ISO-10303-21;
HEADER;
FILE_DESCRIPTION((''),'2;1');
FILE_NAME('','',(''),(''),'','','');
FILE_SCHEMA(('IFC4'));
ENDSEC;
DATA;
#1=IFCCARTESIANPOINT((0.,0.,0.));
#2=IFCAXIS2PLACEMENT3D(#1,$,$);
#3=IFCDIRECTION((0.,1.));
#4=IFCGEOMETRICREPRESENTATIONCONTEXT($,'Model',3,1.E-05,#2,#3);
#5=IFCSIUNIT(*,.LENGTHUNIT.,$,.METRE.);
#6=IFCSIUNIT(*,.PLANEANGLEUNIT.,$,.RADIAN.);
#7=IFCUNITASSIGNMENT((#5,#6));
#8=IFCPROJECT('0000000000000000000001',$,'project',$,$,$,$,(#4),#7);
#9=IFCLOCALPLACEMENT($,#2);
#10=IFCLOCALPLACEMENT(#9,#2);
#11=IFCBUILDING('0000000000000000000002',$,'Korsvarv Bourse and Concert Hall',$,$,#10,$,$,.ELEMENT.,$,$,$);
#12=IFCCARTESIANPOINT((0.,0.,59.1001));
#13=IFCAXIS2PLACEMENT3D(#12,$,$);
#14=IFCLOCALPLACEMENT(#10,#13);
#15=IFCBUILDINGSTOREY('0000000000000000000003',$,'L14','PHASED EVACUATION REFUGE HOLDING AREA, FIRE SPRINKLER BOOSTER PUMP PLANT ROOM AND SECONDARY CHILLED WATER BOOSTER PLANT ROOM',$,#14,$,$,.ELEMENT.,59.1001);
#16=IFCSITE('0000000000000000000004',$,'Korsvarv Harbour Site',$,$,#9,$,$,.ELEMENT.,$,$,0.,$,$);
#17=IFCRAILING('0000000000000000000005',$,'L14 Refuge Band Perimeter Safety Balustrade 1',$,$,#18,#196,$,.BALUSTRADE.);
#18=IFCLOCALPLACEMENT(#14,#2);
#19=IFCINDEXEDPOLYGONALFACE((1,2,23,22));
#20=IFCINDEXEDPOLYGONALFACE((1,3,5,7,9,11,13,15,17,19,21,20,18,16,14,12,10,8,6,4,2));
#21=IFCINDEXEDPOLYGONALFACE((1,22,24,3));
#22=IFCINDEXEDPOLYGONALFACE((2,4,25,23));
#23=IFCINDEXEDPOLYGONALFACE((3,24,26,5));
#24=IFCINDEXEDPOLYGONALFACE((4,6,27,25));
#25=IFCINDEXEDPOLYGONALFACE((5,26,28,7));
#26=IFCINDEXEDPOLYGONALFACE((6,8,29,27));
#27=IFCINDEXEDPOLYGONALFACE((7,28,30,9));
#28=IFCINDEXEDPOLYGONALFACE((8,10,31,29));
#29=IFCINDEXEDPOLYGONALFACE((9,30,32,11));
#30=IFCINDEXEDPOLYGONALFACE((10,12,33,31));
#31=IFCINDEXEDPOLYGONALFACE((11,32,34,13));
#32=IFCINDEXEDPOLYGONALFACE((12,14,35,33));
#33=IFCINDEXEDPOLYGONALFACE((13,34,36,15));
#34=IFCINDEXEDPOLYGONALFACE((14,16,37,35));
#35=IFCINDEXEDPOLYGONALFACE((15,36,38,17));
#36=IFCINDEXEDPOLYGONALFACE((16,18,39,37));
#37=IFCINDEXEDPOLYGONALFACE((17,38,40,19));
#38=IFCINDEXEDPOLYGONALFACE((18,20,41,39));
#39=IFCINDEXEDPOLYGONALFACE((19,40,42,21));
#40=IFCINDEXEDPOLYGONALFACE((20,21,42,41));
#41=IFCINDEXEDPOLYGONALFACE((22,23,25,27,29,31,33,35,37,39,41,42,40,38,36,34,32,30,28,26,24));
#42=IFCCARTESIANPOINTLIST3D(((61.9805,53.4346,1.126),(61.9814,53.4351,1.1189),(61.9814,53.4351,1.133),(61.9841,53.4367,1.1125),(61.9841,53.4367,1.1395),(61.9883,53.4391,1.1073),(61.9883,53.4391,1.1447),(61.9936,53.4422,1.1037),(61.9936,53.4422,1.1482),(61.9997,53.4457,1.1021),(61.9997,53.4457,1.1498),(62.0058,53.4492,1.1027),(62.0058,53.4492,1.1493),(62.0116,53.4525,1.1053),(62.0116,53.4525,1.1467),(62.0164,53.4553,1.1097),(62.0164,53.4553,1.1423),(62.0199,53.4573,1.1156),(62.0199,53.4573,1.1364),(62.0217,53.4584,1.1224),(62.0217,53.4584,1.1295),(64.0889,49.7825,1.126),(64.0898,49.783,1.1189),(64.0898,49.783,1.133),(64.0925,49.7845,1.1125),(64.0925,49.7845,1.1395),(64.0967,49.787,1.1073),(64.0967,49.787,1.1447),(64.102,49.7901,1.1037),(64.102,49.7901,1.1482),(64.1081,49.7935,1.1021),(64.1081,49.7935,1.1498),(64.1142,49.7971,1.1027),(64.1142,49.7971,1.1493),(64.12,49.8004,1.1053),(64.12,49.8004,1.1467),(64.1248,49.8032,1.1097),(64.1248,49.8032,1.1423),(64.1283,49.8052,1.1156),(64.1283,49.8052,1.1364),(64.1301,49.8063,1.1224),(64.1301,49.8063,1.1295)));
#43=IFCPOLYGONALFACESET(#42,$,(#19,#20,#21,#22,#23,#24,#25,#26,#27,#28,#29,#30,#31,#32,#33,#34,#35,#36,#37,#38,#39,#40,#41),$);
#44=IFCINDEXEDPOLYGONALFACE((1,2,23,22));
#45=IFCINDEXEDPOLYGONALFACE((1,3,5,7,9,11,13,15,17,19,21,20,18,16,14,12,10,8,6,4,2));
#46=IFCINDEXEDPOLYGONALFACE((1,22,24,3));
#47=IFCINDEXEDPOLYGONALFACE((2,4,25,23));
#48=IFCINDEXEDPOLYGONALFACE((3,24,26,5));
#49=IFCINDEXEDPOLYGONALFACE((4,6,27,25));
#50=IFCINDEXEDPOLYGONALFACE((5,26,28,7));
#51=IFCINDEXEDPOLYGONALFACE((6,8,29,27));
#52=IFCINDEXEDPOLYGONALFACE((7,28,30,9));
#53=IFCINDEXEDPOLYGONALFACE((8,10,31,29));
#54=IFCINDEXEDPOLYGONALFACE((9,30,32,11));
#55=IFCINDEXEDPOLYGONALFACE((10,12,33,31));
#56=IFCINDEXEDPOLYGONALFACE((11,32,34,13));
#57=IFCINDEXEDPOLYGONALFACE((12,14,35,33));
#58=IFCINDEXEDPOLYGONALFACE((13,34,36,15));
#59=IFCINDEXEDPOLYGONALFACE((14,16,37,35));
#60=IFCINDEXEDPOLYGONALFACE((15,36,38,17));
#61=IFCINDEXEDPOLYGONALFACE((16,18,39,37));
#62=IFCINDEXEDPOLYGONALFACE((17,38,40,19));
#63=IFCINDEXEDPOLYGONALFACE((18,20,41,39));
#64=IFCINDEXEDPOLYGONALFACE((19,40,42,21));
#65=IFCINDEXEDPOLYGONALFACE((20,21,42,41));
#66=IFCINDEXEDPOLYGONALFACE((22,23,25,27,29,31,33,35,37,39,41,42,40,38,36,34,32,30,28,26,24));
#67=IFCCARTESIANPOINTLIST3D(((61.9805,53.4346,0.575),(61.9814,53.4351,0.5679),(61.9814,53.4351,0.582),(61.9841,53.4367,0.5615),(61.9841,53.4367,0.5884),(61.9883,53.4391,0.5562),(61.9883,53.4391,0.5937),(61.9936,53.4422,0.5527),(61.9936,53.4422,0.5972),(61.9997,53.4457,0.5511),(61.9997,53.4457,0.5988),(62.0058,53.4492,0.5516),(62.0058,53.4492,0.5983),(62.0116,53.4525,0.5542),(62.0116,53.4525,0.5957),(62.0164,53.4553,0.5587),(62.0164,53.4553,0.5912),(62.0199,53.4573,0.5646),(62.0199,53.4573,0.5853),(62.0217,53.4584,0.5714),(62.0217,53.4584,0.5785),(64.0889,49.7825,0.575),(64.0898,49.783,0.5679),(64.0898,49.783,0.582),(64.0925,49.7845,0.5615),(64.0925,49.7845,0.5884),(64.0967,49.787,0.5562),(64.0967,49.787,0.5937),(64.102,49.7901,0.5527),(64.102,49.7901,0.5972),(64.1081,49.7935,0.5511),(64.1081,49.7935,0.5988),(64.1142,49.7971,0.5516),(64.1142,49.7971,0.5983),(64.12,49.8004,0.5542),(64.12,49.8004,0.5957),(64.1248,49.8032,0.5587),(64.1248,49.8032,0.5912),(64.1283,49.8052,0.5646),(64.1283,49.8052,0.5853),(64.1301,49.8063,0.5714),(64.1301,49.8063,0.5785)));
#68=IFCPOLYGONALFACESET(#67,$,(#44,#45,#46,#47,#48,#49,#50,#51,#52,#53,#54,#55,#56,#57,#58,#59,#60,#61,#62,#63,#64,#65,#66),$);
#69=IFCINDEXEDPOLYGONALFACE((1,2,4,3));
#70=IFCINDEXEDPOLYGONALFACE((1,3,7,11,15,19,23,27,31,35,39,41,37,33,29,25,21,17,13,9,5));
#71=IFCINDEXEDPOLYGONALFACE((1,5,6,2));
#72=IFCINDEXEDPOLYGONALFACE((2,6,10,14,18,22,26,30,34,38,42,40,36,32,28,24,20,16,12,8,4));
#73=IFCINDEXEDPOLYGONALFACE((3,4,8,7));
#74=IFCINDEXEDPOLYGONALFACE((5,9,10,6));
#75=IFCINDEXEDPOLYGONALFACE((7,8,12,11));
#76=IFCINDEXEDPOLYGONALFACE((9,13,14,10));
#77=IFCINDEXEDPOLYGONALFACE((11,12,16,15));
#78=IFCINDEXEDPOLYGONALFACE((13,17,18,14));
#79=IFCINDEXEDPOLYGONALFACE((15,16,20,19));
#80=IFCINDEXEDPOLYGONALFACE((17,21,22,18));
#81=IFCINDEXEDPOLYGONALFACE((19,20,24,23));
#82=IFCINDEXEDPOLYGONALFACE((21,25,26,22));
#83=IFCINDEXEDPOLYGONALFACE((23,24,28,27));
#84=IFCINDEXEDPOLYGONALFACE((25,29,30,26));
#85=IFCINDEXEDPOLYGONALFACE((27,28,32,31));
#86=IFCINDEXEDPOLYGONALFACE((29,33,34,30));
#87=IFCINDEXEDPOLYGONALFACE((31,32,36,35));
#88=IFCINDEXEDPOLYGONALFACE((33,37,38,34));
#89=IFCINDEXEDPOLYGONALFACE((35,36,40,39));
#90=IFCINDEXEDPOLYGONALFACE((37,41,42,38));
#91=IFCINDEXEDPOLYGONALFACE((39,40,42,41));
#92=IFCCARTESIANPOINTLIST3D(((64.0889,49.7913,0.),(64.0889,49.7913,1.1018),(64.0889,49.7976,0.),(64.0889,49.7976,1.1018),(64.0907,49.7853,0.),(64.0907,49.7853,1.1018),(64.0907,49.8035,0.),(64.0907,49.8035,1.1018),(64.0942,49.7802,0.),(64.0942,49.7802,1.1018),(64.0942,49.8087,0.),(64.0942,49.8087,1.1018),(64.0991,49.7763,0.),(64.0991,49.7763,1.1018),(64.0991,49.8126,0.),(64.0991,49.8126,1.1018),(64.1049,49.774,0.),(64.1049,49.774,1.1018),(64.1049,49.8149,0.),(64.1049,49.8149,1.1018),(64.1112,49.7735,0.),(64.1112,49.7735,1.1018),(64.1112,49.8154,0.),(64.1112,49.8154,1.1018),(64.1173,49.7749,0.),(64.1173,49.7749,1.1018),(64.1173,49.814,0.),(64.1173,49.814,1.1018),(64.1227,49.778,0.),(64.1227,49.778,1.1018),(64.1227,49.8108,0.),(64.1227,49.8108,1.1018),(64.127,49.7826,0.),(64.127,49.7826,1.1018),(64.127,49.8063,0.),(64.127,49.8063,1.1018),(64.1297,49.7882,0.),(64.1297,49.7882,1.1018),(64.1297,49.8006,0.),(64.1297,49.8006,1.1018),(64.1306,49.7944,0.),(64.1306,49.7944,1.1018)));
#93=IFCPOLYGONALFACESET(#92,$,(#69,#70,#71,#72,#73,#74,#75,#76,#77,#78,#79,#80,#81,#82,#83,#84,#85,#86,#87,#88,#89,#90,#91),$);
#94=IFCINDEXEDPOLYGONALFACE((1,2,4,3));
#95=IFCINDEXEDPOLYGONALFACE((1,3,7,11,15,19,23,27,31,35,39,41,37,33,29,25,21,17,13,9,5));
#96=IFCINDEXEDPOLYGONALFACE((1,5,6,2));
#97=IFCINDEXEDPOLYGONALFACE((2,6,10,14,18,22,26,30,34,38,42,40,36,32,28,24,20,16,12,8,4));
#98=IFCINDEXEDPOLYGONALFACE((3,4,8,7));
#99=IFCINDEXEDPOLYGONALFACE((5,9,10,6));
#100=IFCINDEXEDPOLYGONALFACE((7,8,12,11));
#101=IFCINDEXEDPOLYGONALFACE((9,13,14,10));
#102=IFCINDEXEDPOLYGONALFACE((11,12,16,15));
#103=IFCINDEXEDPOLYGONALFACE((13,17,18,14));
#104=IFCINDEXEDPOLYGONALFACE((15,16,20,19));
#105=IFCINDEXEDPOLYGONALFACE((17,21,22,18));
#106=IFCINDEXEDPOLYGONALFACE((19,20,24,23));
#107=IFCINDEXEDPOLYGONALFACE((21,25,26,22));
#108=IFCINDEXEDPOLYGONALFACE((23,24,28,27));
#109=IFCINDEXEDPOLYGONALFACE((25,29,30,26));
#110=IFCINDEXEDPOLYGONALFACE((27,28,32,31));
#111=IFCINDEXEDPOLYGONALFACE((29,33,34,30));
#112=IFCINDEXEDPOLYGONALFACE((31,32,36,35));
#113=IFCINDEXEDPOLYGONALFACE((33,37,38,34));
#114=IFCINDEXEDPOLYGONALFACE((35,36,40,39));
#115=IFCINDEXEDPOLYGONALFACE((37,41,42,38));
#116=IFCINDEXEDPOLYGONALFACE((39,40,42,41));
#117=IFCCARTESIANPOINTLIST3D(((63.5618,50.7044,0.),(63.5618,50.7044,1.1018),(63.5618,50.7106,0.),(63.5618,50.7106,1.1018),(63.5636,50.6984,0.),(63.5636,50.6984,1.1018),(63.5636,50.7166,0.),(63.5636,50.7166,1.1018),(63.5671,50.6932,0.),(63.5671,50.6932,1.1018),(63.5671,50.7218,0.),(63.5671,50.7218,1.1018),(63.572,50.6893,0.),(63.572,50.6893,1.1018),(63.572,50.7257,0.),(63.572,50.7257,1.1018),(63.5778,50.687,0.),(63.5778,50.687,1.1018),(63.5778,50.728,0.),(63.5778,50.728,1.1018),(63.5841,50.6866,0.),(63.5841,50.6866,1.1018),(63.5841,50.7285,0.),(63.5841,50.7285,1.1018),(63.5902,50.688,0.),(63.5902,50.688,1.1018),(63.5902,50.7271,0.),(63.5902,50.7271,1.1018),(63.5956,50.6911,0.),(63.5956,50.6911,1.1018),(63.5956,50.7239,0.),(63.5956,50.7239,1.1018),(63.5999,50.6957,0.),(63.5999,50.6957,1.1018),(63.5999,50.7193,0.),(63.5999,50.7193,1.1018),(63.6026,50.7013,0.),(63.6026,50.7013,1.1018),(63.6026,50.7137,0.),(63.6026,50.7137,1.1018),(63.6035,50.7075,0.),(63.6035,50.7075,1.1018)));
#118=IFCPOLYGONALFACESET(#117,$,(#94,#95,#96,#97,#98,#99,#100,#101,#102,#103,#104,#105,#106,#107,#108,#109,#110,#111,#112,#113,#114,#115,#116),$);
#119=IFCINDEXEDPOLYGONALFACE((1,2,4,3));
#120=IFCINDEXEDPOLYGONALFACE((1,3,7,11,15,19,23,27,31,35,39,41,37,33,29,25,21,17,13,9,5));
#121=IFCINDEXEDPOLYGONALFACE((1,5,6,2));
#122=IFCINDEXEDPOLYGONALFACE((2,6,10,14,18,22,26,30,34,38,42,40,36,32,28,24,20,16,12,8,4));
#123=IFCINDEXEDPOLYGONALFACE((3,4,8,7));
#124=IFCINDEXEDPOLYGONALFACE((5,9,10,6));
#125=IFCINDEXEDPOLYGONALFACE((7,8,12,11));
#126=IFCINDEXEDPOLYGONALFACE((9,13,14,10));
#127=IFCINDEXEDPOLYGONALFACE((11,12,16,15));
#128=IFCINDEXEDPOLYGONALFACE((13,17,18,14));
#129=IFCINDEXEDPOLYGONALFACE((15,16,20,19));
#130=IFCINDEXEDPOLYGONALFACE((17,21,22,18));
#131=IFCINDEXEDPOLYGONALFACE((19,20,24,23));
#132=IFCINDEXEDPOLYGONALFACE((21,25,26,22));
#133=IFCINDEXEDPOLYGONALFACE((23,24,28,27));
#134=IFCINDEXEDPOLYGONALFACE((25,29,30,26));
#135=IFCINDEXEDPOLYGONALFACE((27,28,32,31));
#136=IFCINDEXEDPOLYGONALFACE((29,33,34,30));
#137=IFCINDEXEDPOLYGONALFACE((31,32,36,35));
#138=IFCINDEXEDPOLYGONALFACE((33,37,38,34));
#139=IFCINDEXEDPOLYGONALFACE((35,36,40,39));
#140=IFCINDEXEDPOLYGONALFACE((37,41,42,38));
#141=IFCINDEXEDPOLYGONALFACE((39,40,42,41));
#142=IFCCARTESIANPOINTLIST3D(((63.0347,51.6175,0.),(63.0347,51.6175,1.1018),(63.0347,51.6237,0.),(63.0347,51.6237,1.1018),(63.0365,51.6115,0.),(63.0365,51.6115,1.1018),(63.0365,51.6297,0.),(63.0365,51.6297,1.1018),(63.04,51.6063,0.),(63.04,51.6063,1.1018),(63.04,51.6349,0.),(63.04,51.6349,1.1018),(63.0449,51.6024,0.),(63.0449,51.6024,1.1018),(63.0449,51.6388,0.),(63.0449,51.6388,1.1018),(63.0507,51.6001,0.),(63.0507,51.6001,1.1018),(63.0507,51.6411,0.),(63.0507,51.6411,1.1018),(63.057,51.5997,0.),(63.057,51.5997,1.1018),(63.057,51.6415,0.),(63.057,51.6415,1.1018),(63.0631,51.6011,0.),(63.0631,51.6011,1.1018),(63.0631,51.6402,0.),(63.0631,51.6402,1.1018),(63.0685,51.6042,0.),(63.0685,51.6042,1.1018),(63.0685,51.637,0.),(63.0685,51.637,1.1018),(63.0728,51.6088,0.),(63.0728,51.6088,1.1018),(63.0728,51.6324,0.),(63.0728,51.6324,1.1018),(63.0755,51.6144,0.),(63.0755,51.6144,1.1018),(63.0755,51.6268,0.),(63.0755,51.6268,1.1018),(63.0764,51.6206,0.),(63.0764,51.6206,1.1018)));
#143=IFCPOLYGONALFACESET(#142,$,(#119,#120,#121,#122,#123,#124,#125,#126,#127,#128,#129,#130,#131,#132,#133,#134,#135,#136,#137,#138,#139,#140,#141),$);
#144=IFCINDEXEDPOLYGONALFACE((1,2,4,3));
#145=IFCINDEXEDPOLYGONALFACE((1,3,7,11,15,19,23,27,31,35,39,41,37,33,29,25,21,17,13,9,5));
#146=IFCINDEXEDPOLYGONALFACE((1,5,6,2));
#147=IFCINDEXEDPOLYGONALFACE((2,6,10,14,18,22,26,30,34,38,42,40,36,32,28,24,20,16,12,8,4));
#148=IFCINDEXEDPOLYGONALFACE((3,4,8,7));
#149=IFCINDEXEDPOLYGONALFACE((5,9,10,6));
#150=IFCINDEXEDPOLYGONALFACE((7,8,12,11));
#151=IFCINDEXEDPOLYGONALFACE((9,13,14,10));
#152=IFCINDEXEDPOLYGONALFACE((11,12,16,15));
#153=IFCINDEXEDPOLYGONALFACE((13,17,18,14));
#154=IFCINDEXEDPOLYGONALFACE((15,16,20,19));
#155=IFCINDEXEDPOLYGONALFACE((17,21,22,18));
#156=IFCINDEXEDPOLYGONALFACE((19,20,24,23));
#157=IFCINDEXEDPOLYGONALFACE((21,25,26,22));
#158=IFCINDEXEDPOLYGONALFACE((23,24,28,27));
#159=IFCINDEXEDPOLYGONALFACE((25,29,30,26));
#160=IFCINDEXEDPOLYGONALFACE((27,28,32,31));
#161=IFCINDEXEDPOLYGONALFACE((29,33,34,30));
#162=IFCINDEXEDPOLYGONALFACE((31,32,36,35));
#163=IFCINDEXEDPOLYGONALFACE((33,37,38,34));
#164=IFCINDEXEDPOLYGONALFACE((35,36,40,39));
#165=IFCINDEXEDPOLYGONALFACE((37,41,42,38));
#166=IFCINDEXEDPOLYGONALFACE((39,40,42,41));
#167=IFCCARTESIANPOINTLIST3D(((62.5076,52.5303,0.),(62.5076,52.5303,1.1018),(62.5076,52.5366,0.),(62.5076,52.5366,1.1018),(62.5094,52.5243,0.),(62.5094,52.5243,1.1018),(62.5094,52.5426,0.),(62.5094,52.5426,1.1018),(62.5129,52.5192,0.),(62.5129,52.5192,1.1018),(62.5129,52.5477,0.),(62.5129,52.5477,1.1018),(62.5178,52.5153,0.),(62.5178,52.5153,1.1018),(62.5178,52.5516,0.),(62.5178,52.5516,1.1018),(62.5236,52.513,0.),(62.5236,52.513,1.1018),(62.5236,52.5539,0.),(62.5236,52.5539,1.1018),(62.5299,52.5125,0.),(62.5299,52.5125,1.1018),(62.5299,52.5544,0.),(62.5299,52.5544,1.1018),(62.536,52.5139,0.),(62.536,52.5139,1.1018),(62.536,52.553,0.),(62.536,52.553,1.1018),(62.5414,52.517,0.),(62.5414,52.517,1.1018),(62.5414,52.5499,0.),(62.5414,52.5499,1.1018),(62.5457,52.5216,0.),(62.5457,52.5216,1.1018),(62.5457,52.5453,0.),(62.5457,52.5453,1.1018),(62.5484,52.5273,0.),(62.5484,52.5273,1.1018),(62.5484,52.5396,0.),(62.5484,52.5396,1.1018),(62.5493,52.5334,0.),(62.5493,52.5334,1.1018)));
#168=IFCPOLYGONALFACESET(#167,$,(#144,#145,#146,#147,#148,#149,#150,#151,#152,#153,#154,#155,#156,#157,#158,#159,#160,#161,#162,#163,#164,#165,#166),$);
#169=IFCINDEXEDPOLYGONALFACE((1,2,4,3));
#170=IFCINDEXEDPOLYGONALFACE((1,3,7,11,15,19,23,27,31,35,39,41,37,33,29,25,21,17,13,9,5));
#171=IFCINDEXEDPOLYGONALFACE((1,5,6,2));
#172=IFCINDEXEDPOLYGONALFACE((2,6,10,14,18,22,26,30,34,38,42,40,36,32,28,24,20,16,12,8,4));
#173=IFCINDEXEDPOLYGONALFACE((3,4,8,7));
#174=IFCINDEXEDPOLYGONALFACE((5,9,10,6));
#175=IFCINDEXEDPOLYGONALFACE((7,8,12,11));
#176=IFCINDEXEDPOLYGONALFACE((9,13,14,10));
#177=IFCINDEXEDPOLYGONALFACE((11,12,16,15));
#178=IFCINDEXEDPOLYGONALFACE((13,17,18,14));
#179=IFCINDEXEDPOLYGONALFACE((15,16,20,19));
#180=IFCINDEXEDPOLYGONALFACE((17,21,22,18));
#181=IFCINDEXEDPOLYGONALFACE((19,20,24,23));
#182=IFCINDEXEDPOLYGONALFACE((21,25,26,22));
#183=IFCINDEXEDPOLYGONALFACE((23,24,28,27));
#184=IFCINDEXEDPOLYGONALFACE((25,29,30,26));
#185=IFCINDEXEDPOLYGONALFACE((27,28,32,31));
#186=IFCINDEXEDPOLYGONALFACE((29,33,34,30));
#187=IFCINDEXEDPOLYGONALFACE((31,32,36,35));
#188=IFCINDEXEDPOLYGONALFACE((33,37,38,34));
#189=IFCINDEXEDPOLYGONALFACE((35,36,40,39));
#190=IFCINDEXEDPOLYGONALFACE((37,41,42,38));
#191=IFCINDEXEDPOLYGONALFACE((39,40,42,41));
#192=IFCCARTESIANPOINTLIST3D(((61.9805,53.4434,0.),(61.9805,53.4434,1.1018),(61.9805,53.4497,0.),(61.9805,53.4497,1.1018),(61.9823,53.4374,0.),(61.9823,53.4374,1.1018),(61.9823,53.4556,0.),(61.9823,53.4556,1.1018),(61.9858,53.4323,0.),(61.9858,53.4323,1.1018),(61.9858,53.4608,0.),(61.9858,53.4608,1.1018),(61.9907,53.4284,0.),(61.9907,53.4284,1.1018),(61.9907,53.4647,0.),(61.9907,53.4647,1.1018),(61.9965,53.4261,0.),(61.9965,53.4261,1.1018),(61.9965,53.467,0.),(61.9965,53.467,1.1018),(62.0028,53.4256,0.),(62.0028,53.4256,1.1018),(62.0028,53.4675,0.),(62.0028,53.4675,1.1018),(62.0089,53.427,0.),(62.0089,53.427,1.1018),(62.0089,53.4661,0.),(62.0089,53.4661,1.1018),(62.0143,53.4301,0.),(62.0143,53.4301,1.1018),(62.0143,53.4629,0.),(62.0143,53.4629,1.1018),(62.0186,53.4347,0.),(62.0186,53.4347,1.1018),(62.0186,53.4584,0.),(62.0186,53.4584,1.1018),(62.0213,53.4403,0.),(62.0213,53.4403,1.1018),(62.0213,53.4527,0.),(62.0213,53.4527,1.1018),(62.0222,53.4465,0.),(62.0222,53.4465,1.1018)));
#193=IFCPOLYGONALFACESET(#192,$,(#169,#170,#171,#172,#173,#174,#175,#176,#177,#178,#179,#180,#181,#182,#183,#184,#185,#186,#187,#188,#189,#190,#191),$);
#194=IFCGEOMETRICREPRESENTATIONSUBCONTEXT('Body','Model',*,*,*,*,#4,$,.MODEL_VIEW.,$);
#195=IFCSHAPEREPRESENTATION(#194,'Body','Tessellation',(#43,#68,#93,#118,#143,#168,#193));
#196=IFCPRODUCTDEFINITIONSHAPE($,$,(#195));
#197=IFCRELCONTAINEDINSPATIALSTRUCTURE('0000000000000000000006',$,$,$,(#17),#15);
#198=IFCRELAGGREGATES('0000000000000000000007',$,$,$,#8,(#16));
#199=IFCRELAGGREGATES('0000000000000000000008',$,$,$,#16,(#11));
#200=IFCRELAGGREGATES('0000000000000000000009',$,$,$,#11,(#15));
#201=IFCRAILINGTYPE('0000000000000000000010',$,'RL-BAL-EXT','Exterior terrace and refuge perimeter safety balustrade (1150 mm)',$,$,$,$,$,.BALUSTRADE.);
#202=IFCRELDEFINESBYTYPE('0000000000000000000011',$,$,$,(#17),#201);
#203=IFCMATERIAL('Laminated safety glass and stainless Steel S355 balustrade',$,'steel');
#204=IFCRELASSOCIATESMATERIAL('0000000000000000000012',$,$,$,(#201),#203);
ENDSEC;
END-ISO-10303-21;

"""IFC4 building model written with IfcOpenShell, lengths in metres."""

from ifc_helpers import new_model, si_unit, direction, frame, origin, origin_2d, place, context, subcontext, project, spatial, circle, extrude, material, type_object, element, save


model = new_model("IFC4")

# Units and contexts
model_context = context("Model", 3, precision=1e-05, world=origin(), true_north=direction((0.0, 1.0)))
body_context = subcontext(model_context, "Body", "Model", "MODEL_VIEW")
ifc_project = project(units=[si_unit("LENGTHUNIT", "METRE"), si_unit("PLANEANGLEUNIT", "RADIAN")], contexts=[model_context])

# Site, building, storey
site_placement = place(None, origin())
site = spatial("IfcSite", under=ifc_project, at=site_placement, Name="Korsvarv Harbour Site", CompositionType="ELEMENT", RefElevation=0.0)
building_placement = place(site_placement, origin())
building = spatial("IfcBuilding", under=site, at=building_placement, Name="Korsvarv Bourse and Concert Hall", CompositionType="ELEMENT")
storey_placement = place(building_placement, frame((0.0, 0.0, 59.1001)))
storey = spatial("IfcBuildingStorey", under=building, at=storey_placement, Name="L14", Description="PHASED EVACUATION REFUGE HOLDING AREA, FIRE SPRINKLER BOOSTER PUMP PLANT ROOM AND SECONDARY CHILLED WATER BOOSTER PLANT ROOM", CompositionType="ELEMENT", Elevation=59.1001)

# Railing
ifc_material_1 = material(Name="Laminated safety glass and stainless Steel S355 balustrade", Category="steel")
railing_type = type_object("IfcRailingType", Name="RL-BAL-EXT", Description="Exterior terrace and refuge perimeter safety balustrade (1150 mm)", PredefinedType="BALUSTRADE", material=ifc_material_1)
railing_1_placement = place(storey_placement, frame((64.1096, 49.7944, 0.0)))
element("IfcRailing", 1, at=railing_1_placement, inside=storey, type_object=railing_type, Name="L14 Refuge Band Perimeter Safety Balustrade 1", PredefinedType="BALUSTRADE", context=body_context, shape_type="SweptSolid", body=[
    extrude(circle(Radius=0.0239, at=origin_2d()), frame((0.0, 0.0, 1.126), z_axis=(-0.499975, 0.86604, 0.0), x_axis=(-0.86604, -0.499975, 0.0)), (0.0, 0.0, 1.0), 4.217),
    extrude(circle(Radius=0.0239, at=origin_2d()), frame((0.0, 0.0, 0.575), z_axis=(-0.499975, 0.86604, 0.0), x_axis=(-0.86604, -0.499975, 0.0)), (0.0, 0.0, 1.0), 4.217),
    extrude(circle(Radius=0.021, at=origin_2d()), origin(), (0.0, 0.0, 1.0), 1.1018),
    extrude(circle(Radius=0.021, at=origin_2d()), frame((-0.5271, 0.9131, 0.0)), (0.0, 0.0, 1.0), 1.1018),
    extrude(circle(Radius=0.021, at=origin_2d()), frame((-1.0542, 1.8262, 0.0)), (0.0, 0.0, 1.0), 1.1018),
    extrude(circle(Radius=0.021, at=origin_2d()), frame((-1.5813, 2.739, 0.0)), (0.0, 0.0, 1.0), 1.1018),
    extrude(circle(Radius=0.021, at=origin_2d()), frame((-2.1084, 3.6521, 0.0)), (0.0, 0.0, 1.0), 1.1018),
])

save(model, "model.ifc")
